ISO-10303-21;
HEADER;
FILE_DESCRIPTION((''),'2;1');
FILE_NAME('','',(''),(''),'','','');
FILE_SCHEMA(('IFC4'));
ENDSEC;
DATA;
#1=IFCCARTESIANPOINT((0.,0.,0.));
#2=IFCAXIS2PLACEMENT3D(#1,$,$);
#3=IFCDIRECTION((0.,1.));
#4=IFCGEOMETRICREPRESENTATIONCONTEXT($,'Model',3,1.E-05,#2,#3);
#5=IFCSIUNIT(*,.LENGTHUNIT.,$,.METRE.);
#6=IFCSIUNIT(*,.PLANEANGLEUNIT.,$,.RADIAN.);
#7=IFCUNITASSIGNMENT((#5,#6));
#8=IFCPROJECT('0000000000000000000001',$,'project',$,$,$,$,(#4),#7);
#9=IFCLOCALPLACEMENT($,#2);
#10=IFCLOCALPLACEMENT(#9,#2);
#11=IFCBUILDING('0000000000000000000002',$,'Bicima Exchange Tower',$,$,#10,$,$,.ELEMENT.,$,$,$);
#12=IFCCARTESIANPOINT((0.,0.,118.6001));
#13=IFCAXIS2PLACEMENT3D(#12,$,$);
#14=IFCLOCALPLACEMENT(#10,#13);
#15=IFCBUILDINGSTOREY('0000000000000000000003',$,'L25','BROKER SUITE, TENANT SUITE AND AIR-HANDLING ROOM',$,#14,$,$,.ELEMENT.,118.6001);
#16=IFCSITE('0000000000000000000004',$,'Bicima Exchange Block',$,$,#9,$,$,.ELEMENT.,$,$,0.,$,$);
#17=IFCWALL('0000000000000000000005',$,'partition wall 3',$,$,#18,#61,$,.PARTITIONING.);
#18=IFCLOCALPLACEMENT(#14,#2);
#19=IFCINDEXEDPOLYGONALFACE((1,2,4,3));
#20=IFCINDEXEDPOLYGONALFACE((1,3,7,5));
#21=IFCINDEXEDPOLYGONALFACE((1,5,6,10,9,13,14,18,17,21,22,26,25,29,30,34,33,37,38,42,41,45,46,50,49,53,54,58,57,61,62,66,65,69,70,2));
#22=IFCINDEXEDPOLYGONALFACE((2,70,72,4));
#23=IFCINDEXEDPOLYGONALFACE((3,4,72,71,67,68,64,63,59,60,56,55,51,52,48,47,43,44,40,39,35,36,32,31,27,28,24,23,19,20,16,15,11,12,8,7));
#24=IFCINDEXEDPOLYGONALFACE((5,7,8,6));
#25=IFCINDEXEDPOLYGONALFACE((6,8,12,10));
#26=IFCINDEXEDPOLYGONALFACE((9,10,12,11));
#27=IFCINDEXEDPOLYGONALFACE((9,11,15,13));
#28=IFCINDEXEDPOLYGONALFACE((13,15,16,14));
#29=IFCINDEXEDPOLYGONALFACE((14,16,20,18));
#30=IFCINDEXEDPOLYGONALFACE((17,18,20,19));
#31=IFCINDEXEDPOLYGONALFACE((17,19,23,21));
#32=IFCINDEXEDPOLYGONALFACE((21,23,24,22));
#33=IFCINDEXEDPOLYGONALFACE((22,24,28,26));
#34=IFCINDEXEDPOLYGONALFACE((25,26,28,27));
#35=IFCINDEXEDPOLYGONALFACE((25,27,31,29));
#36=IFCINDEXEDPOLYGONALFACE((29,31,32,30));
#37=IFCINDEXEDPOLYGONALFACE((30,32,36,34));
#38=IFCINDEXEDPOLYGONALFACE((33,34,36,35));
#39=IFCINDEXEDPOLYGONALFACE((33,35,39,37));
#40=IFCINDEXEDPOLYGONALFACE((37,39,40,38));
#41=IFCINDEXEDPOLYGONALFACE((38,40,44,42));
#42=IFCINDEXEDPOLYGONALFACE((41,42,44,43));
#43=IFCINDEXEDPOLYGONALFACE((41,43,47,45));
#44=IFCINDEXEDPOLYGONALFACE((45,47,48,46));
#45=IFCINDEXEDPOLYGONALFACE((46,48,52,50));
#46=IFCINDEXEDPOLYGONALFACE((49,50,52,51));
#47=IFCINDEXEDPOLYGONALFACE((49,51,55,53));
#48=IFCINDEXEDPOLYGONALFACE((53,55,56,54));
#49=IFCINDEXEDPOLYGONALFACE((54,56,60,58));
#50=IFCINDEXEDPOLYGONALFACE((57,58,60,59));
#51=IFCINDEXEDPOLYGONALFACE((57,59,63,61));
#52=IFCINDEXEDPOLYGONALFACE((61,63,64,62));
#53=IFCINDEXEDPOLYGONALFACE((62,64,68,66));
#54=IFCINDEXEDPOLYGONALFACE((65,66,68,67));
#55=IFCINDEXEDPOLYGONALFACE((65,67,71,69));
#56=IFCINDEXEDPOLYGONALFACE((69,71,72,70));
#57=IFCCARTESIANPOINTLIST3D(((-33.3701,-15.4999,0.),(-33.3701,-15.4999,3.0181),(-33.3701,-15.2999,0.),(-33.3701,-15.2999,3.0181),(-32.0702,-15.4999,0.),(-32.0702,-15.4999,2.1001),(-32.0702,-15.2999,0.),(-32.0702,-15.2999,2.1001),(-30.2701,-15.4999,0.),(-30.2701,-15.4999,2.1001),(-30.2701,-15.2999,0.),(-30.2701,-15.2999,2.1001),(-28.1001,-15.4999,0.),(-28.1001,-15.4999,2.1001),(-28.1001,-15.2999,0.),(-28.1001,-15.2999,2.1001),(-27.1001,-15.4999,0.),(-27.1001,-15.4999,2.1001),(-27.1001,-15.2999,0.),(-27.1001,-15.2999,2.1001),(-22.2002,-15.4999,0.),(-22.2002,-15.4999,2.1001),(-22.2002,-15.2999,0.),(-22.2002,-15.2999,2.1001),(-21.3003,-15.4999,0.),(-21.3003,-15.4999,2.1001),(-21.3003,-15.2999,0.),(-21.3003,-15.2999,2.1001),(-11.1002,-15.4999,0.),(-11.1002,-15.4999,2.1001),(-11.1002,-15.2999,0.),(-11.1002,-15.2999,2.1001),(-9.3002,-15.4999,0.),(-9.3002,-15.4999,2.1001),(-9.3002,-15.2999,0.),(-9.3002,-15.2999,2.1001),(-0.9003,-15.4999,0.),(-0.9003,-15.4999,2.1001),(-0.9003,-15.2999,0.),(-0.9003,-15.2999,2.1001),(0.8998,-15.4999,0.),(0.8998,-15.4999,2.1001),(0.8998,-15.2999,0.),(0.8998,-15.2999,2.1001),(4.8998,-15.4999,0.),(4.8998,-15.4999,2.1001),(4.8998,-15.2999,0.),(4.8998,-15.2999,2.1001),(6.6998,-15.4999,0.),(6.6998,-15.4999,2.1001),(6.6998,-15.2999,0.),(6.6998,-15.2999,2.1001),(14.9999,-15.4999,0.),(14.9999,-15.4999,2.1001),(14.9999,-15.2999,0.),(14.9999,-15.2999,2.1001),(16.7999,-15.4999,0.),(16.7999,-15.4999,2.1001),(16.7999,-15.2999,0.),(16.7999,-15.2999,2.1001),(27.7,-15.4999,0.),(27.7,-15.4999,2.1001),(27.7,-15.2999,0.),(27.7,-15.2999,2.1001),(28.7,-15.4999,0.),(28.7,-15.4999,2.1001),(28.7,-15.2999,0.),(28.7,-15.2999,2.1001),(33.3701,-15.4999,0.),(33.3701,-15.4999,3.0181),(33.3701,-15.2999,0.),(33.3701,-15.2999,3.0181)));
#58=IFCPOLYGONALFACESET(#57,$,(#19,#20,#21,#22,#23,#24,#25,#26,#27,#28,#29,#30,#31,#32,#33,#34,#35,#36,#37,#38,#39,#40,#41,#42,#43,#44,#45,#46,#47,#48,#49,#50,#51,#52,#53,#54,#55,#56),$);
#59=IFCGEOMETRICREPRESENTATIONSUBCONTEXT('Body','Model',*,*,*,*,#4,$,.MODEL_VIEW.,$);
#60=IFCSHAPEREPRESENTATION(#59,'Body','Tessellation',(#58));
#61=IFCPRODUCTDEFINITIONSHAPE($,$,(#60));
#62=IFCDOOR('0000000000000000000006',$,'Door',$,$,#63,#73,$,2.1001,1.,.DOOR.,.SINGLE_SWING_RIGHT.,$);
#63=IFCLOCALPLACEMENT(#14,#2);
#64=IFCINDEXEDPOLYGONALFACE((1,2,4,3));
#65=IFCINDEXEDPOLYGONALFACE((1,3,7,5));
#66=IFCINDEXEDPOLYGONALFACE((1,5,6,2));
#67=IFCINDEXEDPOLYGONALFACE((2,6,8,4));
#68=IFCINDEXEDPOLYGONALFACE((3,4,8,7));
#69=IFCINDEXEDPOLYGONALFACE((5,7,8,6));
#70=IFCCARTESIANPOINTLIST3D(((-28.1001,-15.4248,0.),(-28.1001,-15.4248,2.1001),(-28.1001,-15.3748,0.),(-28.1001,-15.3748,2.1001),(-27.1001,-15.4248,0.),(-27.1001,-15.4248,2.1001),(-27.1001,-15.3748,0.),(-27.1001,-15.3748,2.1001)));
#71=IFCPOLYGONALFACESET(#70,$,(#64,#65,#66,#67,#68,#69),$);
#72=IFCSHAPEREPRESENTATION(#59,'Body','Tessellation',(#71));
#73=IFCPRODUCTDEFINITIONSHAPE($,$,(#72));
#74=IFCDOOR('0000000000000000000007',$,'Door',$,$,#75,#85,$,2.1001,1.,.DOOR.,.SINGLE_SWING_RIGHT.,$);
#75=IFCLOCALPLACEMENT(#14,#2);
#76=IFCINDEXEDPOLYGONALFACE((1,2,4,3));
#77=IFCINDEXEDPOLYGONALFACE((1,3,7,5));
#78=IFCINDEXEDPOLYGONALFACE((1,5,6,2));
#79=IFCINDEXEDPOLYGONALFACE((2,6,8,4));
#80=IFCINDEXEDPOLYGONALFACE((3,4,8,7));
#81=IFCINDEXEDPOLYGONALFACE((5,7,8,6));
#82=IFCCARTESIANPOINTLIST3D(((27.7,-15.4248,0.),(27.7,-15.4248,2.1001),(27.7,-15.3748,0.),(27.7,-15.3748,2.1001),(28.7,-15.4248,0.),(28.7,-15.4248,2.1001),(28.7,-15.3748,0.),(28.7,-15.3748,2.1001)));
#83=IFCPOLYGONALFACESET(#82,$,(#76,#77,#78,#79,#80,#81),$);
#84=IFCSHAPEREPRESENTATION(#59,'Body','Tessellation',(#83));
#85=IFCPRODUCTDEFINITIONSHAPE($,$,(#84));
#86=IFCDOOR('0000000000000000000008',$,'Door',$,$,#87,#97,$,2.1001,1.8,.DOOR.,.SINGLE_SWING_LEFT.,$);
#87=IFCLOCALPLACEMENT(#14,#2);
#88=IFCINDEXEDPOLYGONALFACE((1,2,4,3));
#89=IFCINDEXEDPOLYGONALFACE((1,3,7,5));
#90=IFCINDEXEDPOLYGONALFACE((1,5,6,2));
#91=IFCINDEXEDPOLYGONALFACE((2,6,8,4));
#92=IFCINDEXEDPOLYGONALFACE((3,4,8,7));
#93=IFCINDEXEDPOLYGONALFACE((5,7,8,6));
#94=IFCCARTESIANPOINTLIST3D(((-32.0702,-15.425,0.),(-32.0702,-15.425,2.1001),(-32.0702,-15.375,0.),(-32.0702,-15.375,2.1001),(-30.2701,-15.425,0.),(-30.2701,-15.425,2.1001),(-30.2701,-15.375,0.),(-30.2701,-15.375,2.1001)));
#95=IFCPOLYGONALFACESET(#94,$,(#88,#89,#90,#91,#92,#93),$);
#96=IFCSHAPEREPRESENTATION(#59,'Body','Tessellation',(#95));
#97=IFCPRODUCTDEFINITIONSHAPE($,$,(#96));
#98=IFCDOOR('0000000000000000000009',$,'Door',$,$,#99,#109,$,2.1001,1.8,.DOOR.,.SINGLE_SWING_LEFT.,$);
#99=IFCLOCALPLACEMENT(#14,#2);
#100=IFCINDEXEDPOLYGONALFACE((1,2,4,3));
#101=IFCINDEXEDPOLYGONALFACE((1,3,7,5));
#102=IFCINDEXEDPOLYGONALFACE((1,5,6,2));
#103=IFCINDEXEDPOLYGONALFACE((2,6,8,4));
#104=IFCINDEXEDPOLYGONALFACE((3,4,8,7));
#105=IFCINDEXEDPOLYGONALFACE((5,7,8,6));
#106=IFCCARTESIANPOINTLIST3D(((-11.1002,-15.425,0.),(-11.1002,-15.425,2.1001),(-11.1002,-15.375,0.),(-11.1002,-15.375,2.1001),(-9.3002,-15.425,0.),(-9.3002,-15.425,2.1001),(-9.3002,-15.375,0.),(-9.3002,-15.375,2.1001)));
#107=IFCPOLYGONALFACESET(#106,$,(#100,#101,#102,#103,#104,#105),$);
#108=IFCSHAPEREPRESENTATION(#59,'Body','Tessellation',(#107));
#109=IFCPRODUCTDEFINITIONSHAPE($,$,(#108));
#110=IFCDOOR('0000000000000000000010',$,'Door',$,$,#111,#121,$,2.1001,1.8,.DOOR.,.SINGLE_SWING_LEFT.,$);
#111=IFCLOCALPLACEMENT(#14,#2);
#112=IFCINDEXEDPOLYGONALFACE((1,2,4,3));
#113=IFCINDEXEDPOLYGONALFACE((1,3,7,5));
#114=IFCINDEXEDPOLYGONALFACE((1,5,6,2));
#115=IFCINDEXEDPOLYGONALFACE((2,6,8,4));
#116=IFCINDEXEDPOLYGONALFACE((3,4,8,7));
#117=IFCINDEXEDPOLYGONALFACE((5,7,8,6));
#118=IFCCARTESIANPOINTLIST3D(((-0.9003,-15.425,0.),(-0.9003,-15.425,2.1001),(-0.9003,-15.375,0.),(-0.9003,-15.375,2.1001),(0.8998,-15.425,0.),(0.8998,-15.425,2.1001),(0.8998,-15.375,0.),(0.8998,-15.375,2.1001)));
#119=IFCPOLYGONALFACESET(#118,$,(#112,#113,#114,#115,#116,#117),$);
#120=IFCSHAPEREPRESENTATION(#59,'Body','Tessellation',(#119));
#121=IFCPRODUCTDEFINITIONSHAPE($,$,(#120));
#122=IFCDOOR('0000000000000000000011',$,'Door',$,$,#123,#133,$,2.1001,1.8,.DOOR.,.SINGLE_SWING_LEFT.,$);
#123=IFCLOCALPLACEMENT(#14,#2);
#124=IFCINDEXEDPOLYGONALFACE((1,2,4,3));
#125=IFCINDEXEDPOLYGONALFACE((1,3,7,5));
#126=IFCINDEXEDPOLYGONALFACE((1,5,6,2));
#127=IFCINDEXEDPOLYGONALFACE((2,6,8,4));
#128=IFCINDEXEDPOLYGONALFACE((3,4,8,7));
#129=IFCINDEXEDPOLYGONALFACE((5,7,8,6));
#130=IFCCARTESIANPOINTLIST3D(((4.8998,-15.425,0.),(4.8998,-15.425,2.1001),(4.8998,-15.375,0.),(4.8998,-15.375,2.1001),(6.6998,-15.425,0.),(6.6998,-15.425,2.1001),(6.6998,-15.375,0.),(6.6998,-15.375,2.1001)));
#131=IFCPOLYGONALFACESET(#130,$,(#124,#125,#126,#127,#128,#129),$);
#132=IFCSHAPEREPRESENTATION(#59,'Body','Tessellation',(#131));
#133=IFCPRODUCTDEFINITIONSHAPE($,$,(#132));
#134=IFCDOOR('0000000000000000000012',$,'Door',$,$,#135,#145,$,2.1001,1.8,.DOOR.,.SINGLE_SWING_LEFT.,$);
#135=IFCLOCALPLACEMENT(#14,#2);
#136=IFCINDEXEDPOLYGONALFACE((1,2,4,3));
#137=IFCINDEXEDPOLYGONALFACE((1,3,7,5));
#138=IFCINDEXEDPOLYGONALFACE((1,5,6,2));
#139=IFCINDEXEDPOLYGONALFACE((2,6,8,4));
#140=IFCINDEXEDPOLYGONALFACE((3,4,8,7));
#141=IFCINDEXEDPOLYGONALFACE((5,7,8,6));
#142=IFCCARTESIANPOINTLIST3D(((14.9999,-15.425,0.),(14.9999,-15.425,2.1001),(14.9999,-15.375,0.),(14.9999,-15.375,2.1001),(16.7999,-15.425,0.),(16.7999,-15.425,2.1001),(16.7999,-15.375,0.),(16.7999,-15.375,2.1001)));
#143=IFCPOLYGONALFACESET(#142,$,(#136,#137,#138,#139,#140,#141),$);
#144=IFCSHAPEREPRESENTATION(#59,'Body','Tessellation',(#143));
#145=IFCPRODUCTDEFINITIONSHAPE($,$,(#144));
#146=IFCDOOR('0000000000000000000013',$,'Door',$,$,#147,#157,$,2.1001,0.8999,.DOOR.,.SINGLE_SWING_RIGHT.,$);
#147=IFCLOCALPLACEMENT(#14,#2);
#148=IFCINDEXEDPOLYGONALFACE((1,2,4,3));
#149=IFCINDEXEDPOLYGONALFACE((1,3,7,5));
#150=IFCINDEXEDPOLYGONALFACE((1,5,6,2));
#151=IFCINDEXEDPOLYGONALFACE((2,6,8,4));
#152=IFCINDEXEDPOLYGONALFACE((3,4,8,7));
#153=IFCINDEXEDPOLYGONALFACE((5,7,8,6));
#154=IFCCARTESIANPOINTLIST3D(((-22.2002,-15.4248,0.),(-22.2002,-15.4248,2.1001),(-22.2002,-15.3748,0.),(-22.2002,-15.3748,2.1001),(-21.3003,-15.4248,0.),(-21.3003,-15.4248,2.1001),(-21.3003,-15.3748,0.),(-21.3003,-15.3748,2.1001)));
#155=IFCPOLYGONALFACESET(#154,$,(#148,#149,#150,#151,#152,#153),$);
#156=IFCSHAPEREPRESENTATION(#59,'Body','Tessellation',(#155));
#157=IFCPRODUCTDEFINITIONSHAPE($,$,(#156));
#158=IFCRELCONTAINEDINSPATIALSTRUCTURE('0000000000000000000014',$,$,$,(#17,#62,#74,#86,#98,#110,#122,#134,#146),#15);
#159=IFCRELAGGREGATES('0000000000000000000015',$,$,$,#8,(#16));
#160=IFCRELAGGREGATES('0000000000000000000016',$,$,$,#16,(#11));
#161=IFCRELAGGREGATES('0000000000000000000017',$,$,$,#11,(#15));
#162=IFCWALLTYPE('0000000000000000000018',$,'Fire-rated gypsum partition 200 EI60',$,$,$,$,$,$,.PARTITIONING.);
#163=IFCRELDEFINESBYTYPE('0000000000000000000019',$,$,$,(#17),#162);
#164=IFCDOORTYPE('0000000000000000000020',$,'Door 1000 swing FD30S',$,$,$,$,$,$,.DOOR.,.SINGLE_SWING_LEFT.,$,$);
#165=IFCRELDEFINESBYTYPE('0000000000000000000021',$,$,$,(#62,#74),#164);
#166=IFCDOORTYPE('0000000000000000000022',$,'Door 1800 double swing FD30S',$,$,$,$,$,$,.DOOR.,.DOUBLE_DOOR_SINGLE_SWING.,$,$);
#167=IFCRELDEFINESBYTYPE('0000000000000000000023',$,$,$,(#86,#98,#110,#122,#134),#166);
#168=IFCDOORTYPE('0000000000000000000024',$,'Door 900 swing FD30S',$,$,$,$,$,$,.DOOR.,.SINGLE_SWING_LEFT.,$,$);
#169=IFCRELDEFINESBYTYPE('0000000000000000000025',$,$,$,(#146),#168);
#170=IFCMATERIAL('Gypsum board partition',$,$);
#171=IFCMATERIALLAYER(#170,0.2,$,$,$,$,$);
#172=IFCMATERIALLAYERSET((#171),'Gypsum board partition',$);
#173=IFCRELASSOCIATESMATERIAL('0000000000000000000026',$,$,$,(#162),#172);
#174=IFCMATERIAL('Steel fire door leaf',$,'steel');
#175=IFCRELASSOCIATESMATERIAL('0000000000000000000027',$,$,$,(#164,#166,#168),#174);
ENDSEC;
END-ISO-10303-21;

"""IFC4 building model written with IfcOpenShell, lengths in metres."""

from ifc_helpers import new_model, si_unit, direction, frame, frame_2d, origin, place, context, subcontext, project, spatial, rectangle, extrude, material, layer, layer_set, type_object, element, fill, save


model = new_model("IFC4")

# Units and contexts
model_context = context("Model", 3, precision=1e-05, world=origin(), true_north=direction((0.0, 1.0)))
body_context = subcontext(model_context, "Body", "Model", "MODEL_VIEW")
ifc_project = project(units=[si_unit("LENGTHUNIT", "METRE"), si_unit("PLANEANGLEUNIT", "RADIAN")], contexts=[model_context])

# Site, building, storey
site_placement = place(None, origin())
site = spatial("IfcSite", under=ifc_project, at=site_placement, Name="Bicima Exchange Block", CompositionType="ELEMENT", RefElevation=0.0)
building_placement = place(site_placement, origin())
building = spatial("IfcBuilding", under=site, at=building_placement, Name="Bicima Exchange Tower", CompositionType="ELEMENT")
storey_placement = place(building_placement, frame((0.0, 0.0, 118.6001)))
storey = spatial("IfcBuildingStorey", under=building, at=storey_placement, Name="L25", Description="BROKER SUITE, TENANT SUITE AND AIR-HANDLING ROOM", CompositionType="ELEMENT", Elevation=118.6001)

# Wall, openings, doors
ifc_material_1 = material(Name="Gypsum board partition")
ifc_layer_1 = layer(ifc_material_1, 0.2)
ifc_layer_set_1 = layer_set([ifc_layer_1], Name="Gypsum board partition")
wall_type_1 = type_object("IfcWallType", Name="Fire-rated gypsum partition 200 EI60", PredefinedType="PARTITIONING", material=ifc_layer_set_1)
wall_1_placement = place(storey_placement, frame((-33.3701, -15.3999, 0.0), z_axis=(0.0, 0.0, 1.0), x_axis=(1.0, 0.0, 0.0)))
wall_1 = element("IfcWall", 1, at=wall_1_placement, inside=storey, type_object=wall_type_1, Name="partition wall 3", PredefinedType="PARTITIONING", context=body_context, shape_type="SweptSolid", body=[
    extrude(rectangle(XDim=66.7402, YDim=0.2, at=frame_2d((33.3701, 0.0))), origin(), (0.0, 0.0, 1.0), 3.0181),
])
opening_1_placement = place(wall_1_placement, frame((1.3, 0.0, 0.0)))
opening_1 = element("IfcOpeningElement", 2, at=opening_1_placement, cuts=wall_1, PredefinedType="OPENING", context=body_context, shape_type="SweptSolid", body=[
    extrude(rectangle(XDim=1.8, YDim=2.1001, at=frame_2d((0.8999, 1.05))), frame((0.0, 0.1118, 0.0), z_axis=(0.0, -1.0, 0.0), x_axis=(1.0, 0.0, 0.0)), (0.0, 0.0, 1.0), 0.2239),
])
opening_2_placement = place(wall_1_placement, frame((5.27, 0.0, 0.0)))
opening_2 = element("IfcOpeningElement", 3, at=opening_2_placement, cuts=wall_1, PredefinedType="OPENING", context=body_context, shape_type="SweptSolid", body=[
    extrude(rectangle(XDim=1.0, YDim=2.1001, at=frame_2d((0.5, 1.05))), frame((0.0, 0.1118, 0.0), z_axis=(0.0, -1.0, 0.0), x_axis=(1.0, 0.0, 0.0)), (0.0, 0.0, 1.0), 0.2239),
])
opening_3_placement = place(wall_1_placement, frame((11.1699, 0.0, 0.0)))
opening_3 = element("IfcOpeningElement", 4, at=opening_3_placement, cuts=wall_1, PredefinedType="OPENING", context=body_context, shape_type="SweptSolid", body=[
    extrude(rectangle(XDim=0.8999, YDim=2.1001, at=frame_2d((0.45, 1.05))), frame((0.0, 0.1118, 0.0), z_axis=(0.0, -1.0, 0.0), x_axis=(1.0, 0.0, 0.0)), (0.0, 0.0, 1.0), 0.2239),
])
opening_4_placement = place(wall_1_placement, frame((22.27, 0.0, 0.0)))
opening_4 = element("IfcOpeningElement", 5, at=opening_4_placement, cuts=wall_1, PredefinedType="OPENING", context=body_context, shape_type="SweptSolid", body=[
    extrude(rectangle(XDim=1.8, YDim=2.1001, at=frame_2d((0.8999, 1.05))), frame((0.0, 0.1118, 0.0), z_axis=(0.0, -1.0, 0.0), x_axis=(1.0, 0.0, 0.0)), (0.0, 0.0, 1.0), 0.2239),
])
opening_5_placement = place(wall_1_placement, frame((32.47, 0.0, 0.0)))
opening_5 = element("IfcOpeningElement", 6, at=opening_5_placement, cuts=wall_1, PredefinedType="OPENING", context=body_context, shape_type="SweptSolid", body=[
    extrude(rectangle(XDim=1.8, YDim=2.1001, at=frame_2d((0.8999, 1.05))), frame((0.0, 0.1118, 0.0), z_axis=(0.0, -1.0, 0.0), x_axis=(1.0, 0.0, 0.0)), (0.0, 0.0, 1.0), 0.2239),
])
opening_6_placement = place(wall_1_placement, frame((38.27, 0.0, 0.0)))
opening_6 = element("IfcOpeningElement", 7, at=opening_6_placement, cuts=wall_1, PredefinedType="OPENING", context=body_context, shape_type="SweptSolid", body=[
    extrude(rectangle(XDim=1.8, YDim=2.1001, at=frame_2d((0.8999, 1.05))), frame((0.0, 0.1118, 0.0), z_axis=(0.0, -1.0, 0.0), x_axis=(1.0, 0.0, 0.0)), (0.0, 0.0, 1.0), 0.2239),
])
opening_7_placement = place(wall_1_placement, frame((48.3701, 0.0, 0.0)))
opening_7 = element("IfcOpeningElement", 8, at=opening_7_placement, cuts=wall_1, PredefinedType="OPENING", context=body_context, shape_type="SweptSolid", body=[
    extrude(rectangle(XDim=1.8, YDim=2.1001, at=frame_2d((0.8999, 1.05))), frame((0.0, 0.1118, 0.0), z_axis=(0.0, -1.0, 0.0), x_axis=(1.0, 0.0, 0.0)), (0.0, 0.0, 1.0), 0.2239),
])
opening_8_placement = place(wall_1_placement, frame((61.0701, 0.0, 0.0)))
opening_8 = element("IfcOpeningElement", 9, at=opening_8_placement, cuts=wall_1, PredefinedType="OPENING", context=body_context, shape_type="SweptSolid", body=[
    extrude(rectangle(XDim=1.0, YDim=2.1001, at=frame_2d((0.5, 1.05))), frame((0.0, 0.1118, 0.0), z_axis=(0.0, -1.0, 0.0), x_axis=(1.0, 0.0, 0.0)), (0.0, 0.0, 1.0), 0.2239),
])
ifc_material_2 = material(Name="Steel fire door leaf", Category="steel")
door_type_1 = type_object("IfcDoorType", Name="Door 1000 swing FD30S", OperationType="SINGLE_SWING_LEFT", PredefinedType="DOOR", material=ifc_material_2)
door_1_placement = place(opening_2_placement, frame((1.0, 0.0, 0.0), z_axis=(0.0, 0.0, 1.0), x_axis=(-1.0, 0.0, 0.0)))
door_1 = element("IfcDoor", 10, at=door_1_placement, inside=storey, type_object=door_type_1, Name="Door", OperationType="SINGLE_SWING_RIGHT", OverallHeight=2.1001, OverallWidth=1.0, PredefinedType="DOOR", context=body_context, shape_type="SweptSolid", body=[
    extrude(rectangle(XDim=1.0, YDim=2.1001, at=frame_2d((0.5, 1.05))), frame((0.0, 0.0249, 0.0), z_axis=(0.0, -1.0, 0.0), x_axis=(1.0, 0.0, 0.0)), (0.0, 0.0, 1.0), 0.05),
])
fill(opening_2, door_1)
door_2_placement = place(opening_8_placement, frame((1.0, 0.0, 0.0), z_axis=(0.0, 0.0, 1.0), x_axis=(-1.0, 0.0, 0.0)))
door_2 = element("IfcDoor", 11, at=door_2_placement, inside=storey, type_object=door_type_1, Name="Door", OperationType="SINGLE_SWING_RIGHT", OverallHeight=2.1001, OverallWidth=1.0, PredefinedType="DOOR", context=body_context, shape_type="SweptSolid", body=[
    extrude(rectangle(XDim=1.0, YDim=2.1001, at=frame_2d((0.5, 1.05))), frame((0.0, 0.0249, 0.0), z_axis=(0.0, -1.0, 0.0), x_axis=(1.0, 0.0, 0.0)), (0.0, 0.0, 1.0), 0.05),
])
fill(opening_8, door_2)
door_type_2 = type_object("IfcDoorType", Name="Door 1800 double swing FD30S", OperationType="DOUBLE_DOOR_SINGLE_SWING", PredefinedType="DOOR", material=ifc_material_2)
door_3_placement = place(opening_1_placement, origin())
door_3 = element("IfcDoor", 12, at=door_3_placement, inside=storey, type_object=door_type_2, Name="Door", OperationType="SINGLE_SWING_LEFT", OverallHeight=2.1001, OverallWidth=1.8, PredefinedType="DOOR", context=body_context, shape_type="SweptSolid", body=[
    extrude(rectangle(XDim=1.8, YDim=2.1001, at=frame_2d((0.8999, 1.05))), frame((0.0, 0.0249, 0.0), z_axis=(0.0, -1.0, 0.0), x_axis=(1.0, 0.0, 0.0)), (0.0, 0.0, 1.0), 0.05),
])
fill(opening_1, door_3)
door_4_placement = place(opening_4_placement, origin())
door_4 = element("IfcDoor", 13, at=door_4_placement, inside=storey, type_object=door_type_2, Name="Door", OperationType="SINGLE_SWING_LEFT", OverallHeight=2.1001, OverallWidth=1.8, PredefinedType="DOOR", context=body_context, shape_type="SweptSolid", body=[
    extrude(rectangle(XDim=1.8, YDim=2.1001, at=frame_2d((0.8999, 1.05))), frame((0.0, 0.0249, 0.0), z_axis=(0.0, -1.0, 0.0), x_axis=(1.0, 0.0, 0.0)), (0.0, 0.0, 1.0), 0.05),
])
fill(opening_4, door_4)
door_5_placement = place(opening_5_placement, origin())
door_5 = element("IfcDoor", 14, at=door_5_placement, inside=storey, type_object=door_type_2, Name="Door", OperationType="SINGLE_SWING_LEFT", OverallHeight=2.1001, OverallWidth=1.8, PredefinedType="DOOR", context=body_context, shape_type="SweptSolid", body=[
    extrude(rectangle(XDim=1.8, YDim=2.1001, at=frame_2d((0.8999, 1.05))), frame((0.0, 0.0249, 0.0), z_axis=(0.0, -1.0, 0.0), x_axis=(1.0, 0.0, 0.0)), (0.0, 0.0, 1.0), 0.05),
])
fill(opening_5, door_5)
door_6_placement = place(opening_6_placement, origin())
door_6 = element("IfcDoor", 15, at=door_6_placement, inside=storey, type_object=door_type_2, Name="Door", OperationType="SINGLE_SWING_LEFT", OverallHeight=2.1001, OverallWidth=1.8, PredefinedType="DOOR", context=body_context, shape_type="SweptSolid", body=[
    extrude(rectangle(XDim=1.8, YDim=2.1001, at=frame_2d((0.8999, 1.05))), frame((0.0, 0.0249, 0.0), z_axis=(0.0, -1.0, 0.0), x_axis=(1.0, 0.0, 0.0)), (0.0, 0.0, 1.0), 0.05),
])
fill(opening_6, door_6)
door_7_placement = place(opening_7_placement, origin())
door_7 = element("IfcDoor", 16, at=door_7_placement, inside=storey, type_object=door_type_2, Name="Door", OperationType="SINGLE_SWING_LEFT", OverallHeight=2.1001, OverallWidth=1.8, PredefinedType="DOOR", context=body_context, shape_type="SweptSolid", body=[
    extrude(rectangle(XDim=1.8, YDim=2.1001, at=frame_2d((0.8999, 1.05))), frame((0.0, 0.0249, 0.0), z_axis=(0.0, -1.0, 0.0), x_axis=(1.0, 0.0, 0.0)), (0.0, 0.0, 1.0), 0.05),
])
fill(opening_7, door_7)
door_type_3 = type_object("IfcDoorType", Name="Door 900 swing FD30S", OperationType="SINGLE_SWING_LEFT", PredefinedType="DOOR", material=ifc_material_2)
door_8_placement = place(opening_3_placement, frame((0.8999, 0.0, 0.0), z_axis=(0.0, 0.0, 1.0), x_axis=(-1.0, 0.0, 0.0)))
door_8 = element("IfcDoor", 17, at=door_8_placement, inside=storey, type_object=door_type_3, Name="Door", OperationType="SINGLE_SWING_RIGHT", OverallHeight=2.1001, OverallWidth=0.8999, PredefinedType="DOOR", context=body_context, shape_type="SweptSolid", body=[
    extrude(rectangle(XDim=0.8999, YDim=2.1001, at=frame_2d((0.45, 1.05))), frame((0.0, 0.0249, 0.0), z_axis=(0.0, -1.0, 0.0), x_axis=(1.0, 0.0, 0.0)), (0.0, 0.0, 1.0), 0.05),
])
fill(opening_3, door_8)

save(model, "model.ifc")
